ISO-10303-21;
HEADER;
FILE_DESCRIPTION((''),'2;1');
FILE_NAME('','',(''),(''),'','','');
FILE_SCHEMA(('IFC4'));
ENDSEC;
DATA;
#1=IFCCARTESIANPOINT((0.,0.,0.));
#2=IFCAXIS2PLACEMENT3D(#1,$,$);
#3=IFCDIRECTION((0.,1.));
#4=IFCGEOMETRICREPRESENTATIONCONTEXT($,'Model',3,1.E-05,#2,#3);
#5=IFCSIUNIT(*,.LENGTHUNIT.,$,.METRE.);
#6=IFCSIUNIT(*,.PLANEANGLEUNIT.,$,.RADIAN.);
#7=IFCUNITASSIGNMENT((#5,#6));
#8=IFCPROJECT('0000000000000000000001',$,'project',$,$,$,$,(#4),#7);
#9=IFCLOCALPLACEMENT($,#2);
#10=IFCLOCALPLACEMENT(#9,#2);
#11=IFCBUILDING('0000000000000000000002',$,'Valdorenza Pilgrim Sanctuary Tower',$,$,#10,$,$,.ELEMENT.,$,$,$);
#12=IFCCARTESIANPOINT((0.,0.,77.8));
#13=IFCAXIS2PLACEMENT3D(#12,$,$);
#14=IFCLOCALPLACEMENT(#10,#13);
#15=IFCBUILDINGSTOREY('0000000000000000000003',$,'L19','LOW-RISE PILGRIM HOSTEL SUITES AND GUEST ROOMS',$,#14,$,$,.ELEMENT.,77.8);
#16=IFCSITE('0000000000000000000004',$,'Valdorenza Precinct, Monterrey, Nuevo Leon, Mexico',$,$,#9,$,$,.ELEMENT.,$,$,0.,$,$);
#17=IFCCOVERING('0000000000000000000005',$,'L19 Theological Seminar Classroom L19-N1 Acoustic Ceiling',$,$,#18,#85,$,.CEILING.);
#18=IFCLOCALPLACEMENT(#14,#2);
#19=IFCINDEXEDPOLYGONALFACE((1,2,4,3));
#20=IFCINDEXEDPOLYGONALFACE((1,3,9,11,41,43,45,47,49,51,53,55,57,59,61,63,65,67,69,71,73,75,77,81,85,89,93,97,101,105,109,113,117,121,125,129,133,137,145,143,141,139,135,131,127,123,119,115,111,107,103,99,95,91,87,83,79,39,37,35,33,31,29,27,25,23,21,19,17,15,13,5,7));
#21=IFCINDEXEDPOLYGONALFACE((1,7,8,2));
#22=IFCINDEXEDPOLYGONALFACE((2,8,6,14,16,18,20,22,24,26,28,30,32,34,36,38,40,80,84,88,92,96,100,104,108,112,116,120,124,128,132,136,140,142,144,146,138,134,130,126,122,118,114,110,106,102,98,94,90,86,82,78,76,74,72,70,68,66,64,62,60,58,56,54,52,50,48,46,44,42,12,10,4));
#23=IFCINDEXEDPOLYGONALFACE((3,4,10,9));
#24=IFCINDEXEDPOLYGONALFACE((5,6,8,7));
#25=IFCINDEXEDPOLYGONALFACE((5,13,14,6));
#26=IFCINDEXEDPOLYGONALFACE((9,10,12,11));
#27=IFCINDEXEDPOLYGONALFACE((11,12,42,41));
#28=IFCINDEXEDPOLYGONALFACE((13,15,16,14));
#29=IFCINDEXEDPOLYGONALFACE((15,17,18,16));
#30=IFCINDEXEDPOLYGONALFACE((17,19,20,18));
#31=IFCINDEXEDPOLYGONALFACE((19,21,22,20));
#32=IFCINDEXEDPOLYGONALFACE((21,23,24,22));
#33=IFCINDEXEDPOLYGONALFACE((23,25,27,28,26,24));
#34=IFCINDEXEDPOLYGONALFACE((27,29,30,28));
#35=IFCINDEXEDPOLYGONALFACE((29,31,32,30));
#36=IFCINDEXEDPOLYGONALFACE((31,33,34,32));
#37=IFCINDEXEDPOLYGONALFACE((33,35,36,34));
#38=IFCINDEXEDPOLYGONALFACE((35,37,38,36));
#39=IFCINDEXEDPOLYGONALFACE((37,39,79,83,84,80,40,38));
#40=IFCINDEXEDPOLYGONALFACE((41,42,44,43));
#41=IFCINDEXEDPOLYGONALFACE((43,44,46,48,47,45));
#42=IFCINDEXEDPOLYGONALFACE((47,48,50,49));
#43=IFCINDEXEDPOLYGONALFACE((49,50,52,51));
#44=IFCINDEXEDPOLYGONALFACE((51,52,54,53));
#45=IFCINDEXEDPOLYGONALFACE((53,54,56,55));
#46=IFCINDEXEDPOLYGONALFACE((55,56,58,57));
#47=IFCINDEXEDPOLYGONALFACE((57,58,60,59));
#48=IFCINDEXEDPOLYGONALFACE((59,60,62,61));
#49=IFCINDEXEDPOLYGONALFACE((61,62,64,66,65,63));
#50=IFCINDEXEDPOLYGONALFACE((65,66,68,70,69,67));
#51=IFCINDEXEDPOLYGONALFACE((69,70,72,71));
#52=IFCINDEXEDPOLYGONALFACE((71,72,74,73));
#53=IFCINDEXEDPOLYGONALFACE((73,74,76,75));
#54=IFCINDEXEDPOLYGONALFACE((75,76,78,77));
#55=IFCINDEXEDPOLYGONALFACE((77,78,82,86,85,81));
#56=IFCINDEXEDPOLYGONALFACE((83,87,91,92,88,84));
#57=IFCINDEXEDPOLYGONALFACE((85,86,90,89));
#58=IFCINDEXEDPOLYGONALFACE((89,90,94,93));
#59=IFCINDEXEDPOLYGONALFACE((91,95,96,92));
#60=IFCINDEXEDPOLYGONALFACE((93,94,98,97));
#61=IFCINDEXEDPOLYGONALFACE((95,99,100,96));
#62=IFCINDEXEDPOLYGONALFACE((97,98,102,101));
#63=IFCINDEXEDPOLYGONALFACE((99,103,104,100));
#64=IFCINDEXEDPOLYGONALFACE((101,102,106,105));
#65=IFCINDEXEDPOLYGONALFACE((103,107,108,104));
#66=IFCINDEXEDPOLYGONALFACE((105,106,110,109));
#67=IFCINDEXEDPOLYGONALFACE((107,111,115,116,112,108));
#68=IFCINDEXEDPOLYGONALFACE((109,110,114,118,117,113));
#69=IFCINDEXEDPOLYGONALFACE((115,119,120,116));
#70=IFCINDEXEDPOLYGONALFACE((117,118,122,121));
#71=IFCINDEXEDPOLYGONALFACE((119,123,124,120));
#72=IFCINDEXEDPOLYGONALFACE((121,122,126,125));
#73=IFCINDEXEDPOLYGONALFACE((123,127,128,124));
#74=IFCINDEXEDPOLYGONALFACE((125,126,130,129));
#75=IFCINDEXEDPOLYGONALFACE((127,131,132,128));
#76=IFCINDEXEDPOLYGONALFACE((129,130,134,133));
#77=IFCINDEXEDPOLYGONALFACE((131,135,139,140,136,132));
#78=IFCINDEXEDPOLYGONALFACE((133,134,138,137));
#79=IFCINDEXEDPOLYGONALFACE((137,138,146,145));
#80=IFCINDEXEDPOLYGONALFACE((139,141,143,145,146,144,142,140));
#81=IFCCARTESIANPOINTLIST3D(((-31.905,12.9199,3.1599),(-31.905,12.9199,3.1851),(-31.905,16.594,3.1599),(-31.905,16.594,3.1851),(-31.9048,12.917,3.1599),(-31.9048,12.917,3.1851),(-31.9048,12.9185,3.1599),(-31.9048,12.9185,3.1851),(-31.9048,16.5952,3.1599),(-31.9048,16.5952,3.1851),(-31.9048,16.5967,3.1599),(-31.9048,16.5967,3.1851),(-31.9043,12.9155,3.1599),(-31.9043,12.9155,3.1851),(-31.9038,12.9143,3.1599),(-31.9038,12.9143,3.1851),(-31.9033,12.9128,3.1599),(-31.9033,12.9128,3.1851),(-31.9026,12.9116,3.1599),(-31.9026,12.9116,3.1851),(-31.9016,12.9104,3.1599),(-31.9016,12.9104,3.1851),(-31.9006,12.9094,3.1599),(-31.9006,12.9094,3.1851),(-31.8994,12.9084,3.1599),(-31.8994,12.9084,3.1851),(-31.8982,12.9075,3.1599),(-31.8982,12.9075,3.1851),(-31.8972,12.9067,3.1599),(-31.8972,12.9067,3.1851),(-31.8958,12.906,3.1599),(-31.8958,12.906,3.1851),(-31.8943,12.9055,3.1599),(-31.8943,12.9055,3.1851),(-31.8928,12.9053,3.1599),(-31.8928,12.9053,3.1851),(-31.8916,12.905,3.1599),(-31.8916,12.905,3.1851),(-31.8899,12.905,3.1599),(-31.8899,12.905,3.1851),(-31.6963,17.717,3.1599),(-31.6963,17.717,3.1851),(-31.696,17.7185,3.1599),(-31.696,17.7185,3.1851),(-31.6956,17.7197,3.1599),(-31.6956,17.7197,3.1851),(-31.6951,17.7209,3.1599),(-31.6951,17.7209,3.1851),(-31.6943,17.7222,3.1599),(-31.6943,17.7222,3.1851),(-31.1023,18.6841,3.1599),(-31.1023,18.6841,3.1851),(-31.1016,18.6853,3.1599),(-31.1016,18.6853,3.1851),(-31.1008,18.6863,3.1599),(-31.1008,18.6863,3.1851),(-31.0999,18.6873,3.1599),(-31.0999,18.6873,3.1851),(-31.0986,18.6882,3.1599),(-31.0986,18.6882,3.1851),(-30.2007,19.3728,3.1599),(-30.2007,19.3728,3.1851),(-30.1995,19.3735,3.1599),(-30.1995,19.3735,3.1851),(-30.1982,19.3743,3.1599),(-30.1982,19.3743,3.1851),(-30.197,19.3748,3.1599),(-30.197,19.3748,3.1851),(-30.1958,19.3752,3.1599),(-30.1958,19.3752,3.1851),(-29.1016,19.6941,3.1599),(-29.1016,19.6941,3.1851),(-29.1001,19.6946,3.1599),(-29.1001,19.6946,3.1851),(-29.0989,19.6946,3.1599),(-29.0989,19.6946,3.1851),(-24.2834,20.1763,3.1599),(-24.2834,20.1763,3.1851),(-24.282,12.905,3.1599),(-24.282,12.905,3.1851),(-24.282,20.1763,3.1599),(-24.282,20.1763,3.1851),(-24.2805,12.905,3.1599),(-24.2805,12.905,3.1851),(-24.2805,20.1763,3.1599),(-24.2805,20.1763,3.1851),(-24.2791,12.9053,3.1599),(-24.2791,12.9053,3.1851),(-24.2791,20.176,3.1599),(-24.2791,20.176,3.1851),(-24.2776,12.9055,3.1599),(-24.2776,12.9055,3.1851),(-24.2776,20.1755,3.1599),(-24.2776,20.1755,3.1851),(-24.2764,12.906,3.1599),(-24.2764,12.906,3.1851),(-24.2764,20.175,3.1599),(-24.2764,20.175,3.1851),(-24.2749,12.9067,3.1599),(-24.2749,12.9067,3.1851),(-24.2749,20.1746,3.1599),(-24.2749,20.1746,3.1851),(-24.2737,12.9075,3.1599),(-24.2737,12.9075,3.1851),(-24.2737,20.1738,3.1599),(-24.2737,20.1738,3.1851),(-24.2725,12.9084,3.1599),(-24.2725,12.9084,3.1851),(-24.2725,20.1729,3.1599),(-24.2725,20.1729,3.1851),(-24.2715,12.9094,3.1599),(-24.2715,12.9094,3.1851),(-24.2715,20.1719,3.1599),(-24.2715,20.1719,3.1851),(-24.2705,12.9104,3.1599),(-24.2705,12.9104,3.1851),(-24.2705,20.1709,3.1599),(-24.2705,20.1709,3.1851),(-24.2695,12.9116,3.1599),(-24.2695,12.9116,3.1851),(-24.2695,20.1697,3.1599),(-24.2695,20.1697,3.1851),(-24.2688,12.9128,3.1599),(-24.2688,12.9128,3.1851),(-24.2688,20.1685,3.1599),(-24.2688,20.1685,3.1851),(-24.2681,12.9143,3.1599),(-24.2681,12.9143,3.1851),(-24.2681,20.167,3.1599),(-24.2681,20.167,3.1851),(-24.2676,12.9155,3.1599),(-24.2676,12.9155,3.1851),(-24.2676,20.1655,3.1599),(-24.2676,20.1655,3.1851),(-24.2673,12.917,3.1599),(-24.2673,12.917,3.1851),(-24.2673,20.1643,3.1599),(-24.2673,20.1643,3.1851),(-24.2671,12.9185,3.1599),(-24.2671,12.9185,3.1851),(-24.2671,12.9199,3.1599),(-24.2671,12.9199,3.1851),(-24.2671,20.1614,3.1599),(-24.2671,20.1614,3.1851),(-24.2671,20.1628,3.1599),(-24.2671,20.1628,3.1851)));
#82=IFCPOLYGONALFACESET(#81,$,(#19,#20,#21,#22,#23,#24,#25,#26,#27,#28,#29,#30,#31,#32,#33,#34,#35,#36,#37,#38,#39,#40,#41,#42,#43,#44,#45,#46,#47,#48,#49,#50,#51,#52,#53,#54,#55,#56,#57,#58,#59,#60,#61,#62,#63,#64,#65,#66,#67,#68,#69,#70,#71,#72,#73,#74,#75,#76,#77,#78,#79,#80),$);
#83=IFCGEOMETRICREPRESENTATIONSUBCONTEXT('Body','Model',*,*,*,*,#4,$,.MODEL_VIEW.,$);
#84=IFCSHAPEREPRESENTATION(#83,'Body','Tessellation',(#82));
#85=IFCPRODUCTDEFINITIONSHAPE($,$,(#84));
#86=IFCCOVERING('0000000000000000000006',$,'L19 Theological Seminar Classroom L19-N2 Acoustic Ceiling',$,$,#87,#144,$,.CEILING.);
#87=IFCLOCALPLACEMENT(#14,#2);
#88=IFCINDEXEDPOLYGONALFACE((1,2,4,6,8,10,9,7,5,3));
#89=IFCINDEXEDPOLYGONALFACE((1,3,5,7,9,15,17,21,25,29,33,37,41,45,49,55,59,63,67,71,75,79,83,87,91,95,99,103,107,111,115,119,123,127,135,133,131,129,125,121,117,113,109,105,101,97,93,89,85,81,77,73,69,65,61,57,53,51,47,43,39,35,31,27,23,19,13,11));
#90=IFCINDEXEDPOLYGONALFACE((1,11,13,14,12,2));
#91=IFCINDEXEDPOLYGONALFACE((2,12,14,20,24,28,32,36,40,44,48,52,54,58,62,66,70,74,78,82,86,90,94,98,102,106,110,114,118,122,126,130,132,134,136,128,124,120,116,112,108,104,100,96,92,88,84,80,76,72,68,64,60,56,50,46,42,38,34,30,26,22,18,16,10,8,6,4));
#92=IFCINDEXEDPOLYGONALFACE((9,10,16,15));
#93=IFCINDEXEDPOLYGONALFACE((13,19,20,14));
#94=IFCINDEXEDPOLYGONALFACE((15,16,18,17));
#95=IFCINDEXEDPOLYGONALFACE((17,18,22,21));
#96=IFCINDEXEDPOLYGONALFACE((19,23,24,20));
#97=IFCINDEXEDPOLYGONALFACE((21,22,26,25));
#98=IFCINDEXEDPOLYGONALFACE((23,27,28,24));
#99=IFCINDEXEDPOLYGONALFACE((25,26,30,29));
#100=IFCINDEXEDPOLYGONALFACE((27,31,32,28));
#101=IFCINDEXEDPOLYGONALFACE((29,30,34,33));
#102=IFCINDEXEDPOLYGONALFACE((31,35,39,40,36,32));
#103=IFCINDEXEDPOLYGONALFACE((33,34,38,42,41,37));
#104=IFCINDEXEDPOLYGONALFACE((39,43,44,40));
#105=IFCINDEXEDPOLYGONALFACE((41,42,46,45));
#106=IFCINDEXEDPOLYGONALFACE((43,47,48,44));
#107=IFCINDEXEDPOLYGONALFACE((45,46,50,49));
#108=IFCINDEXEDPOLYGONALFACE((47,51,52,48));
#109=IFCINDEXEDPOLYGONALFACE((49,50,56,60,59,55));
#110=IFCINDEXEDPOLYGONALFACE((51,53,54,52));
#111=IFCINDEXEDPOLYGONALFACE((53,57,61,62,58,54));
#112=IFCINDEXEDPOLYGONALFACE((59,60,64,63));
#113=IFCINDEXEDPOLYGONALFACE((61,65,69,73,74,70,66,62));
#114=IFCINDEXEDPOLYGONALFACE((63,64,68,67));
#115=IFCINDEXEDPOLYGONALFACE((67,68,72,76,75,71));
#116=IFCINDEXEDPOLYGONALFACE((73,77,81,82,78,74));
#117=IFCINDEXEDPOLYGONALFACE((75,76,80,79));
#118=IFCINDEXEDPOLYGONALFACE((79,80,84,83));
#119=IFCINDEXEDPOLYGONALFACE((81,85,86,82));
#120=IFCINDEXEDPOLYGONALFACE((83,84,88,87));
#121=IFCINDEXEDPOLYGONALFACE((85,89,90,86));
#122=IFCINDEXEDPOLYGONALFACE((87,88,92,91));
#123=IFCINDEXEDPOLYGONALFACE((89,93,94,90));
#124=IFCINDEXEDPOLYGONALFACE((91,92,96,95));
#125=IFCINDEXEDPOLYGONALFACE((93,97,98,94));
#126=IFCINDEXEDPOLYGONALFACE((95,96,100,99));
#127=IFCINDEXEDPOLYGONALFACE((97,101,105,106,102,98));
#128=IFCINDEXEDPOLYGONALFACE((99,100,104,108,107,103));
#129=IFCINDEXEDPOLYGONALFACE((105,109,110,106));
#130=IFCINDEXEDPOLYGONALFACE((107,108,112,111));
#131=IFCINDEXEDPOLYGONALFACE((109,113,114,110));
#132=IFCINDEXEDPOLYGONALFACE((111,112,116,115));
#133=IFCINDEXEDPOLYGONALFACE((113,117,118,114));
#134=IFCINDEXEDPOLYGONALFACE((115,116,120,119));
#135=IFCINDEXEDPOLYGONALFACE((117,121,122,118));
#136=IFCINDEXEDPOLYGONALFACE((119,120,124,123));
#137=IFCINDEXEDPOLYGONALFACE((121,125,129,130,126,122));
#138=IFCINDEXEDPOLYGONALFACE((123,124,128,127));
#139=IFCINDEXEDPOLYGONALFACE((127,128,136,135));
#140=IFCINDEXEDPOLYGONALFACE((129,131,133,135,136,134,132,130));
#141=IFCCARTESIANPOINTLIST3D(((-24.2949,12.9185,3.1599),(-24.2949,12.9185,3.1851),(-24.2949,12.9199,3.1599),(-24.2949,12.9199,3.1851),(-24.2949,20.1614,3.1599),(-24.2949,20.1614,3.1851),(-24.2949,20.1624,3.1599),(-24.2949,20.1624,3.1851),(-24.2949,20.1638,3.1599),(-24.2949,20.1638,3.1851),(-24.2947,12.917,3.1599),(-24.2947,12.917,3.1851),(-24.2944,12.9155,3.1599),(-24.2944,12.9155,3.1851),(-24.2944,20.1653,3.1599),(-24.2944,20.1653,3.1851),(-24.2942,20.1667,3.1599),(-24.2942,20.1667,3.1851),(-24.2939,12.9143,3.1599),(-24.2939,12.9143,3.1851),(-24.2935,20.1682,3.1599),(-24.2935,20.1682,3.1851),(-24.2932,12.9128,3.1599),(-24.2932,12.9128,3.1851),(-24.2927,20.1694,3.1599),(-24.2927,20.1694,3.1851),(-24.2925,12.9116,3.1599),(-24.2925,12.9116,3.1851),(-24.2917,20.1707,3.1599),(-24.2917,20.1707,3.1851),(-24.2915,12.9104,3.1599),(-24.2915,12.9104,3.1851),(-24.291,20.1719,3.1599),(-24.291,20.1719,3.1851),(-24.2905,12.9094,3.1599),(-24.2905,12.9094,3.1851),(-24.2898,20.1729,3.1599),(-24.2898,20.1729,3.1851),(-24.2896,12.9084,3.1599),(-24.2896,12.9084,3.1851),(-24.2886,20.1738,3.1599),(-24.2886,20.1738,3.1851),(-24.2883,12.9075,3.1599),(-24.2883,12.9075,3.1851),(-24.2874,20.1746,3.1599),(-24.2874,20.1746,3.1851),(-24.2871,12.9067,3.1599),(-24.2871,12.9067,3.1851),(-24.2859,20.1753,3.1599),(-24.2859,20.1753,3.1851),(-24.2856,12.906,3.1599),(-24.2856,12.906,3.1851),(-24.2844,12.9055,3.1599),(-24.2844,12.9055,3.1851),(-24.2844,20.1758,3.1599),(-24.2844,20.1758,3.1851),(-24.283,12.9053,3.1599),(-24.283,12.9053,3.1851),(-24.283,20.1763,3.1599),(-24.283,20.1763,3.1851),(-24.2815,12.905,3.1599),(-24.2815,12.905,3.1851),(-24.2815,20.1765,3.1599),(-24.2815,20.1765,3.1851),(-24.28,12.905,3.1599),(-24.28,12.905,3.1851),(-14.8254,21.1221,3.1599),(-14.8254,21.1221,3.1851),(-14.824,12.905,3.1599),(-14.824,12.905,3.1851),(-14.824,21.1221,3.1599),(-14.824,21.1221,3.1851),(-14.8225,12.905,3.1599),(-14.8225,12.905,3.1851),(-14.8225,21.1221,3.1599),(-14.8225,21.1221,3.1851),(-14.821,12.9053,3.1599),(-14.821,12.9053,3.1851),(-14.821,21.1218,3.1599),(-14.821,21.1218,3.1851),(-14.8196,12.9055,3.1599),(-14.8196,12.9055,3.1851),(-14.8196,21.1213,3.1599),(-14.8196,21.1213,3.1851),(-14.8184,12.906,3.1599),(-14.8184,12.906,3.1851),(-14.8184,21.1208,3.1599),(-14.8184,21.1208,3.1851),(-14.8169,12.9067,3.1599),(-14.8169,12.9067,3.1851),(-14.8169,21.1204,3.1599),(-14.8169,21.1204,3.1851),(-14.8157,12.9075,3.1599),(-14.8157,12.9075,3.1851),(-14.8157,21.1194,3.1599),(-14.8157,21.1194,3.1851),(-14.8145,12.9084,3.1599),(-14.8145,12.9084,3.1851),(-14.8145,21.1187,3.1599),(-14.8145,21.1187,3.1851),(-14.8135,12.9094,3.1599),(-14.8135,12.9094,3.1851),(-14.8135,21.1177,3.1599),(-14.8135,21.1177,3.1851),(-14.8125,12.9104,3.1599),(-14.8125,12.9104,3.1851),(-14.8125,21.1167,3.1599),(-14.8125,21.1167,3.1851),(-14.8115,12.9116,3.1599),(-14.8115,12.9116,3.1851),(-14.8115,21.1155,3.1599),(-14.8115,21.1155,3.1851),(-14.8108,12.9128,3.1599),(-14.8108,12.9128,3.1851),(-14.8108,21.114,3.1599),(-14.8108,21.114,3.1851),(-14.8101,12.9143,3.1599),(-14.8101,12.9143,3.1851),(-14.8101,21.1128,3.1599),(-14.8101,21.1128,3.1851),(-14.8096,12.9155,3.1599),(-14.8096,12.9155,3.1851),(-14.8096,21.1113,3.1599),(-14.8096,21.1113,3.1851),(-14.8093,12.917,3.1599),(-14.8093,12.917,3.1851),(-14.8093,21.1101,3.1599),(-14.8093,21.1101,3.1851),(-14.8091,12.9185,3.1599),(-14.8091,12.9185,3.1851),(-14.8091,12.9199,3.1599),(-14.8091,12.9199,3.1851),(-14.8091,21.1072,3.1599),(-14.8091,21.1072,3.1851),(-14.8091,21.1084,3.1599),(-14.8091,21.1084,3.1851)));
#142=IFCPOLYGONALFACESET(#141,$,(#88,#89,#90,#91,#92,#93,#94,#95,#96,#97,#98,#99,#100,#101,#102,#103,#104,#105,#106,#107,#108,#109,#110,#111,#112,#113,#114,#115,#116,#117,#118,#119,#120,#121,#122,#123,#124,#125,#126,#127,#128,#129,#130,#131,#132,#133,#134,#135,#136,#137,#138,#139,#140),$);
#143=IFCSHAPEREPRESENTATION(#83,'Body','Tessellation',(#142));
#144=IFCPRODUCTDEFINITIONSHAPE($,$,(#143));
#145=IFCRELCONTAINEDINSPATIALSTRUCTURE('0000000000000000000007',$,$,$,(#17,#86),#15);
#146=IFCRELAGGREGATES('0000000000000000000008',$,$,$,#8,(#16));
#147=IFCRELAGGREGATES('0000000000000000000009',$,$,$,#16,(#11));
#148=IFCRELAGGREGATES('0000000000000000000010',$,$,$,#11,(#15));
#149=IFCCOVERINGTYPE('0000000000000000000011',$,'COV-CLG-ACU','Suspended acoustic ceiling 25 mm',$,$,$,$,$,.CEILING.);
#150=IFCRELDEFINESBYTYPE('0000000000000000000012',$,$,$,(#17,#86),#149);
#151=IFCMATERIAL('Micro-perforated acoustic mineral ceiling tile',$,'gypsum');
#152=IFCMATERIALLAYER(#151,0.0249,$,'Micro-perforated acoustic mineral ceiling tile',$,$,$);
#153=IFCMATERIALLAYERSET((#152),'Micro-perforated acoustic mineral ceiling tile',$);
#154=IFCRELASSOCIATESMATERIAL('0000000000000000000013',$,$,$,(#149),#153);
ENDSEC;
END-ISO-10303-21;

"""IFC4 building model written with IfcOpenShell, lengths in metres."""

from ifc_helpers import new_model, si_unit, direction, frame, origin, place, context, subcontext, project, spatial, polyline, outline, extrude, material, layer, layer_set, type_object, element, save


model = new_model("IFC4")

# Units and contexts
model_context = context("Model", 3, precision=1e-05, world=origin(), true_north=direction((0.0, 1.0)))
body_context = subcontext(model_context, "Body", "Model", "MODEL_VIEW")
ifc_project = project(units=[si_unit("LENGTHUNIT", "METRE"), si_unit("PLANEANGLEUNIT", "RADIAN")], contexts=[model_context])

# Site, building, storey
site_placement = place(None, origin())
site = spatial("IfcSite", under=ifc_project, at=site_placement, Name="Valdorenza Precinct, Monterrey, Nuevo Leon, Mexico", CompositionType="ELEMENT", RefElevation=0.0)
building_placement = place(site_placement, origin())
building = spatial("IfcBuilding", under=site, at=building_placement, Name="Valdorenza Pilgrim Sanctuary Tower", CompositionType="ELEMENT")
storey_placement = place(building_placement, frame((0.0, 0.0, 77.8)))
storey = spatial("IfcBuildingStorey", under=building, at=storey_placement, Name="L19", Description="LOW-RISE PILGRIM HOSTEL SUITES AND GUEST ROOMS", CompositionType="ELEMENT", Elevation=77.8)

# Coverings
ifc_material_1 = material(Name="Micro-perforated acoustic mineral ceiling tile", Category="gypsum")
ifc_layer_1 = layer(ifc_material_1, 0.0249, Name="Micro-perforated acoustic mineral ceiling tile")
ifc_layer_set_1 = layer_set([ifc_layer_1], Name="Micro-perforated acoustic mineral ceiling tile")
covering_type_1 = type_object("IfcCoveringType", Name="COV-CLG-ACU", Description="Suspended acoustic ceiling 25 mm", PredefinedType="CEILING", material=ifc_layer_set_1)
covering_1_placement = place(storey_placement, frame((0.0, 0.0, 3.1599)))
element("IfcCovering", 1, at=covering_1_placement, inside=storey, type_object=covering_type_1, Name="L19 Theological Seminar Classroom L19-N1 Acoustic Ceiling", PredefinedType="CEILING", context=body_context, shape_type="SweptSolid", body=[
    extrude(outline(polyline([(-31.8899, 12.905), (-31.8916, 12.905), (-31.8928, 12.9053), (-31.8943, 12.9055), (-31.8958, 12.906), (-31.8972, 12.9067), (-31.8982, 12.9075), (-31.8994, 12.9084), (-31.9006, 12.9094), (-31.9016, 12.9104), (-31.9026, 12.9116), (-31.9033, 12.9128), (-31.9038, 12.9143), (-31.9043, 12.9155), (-31.9048, 12.917), (-31.9048, 12.9185), (-31.905, 12.9199), (-31.905, 16.594), (-31.9048, 16.5952), (-31.9048, 16.5967), (-31.6963, 17.717), (-31.696, 17.7185), (-31.6956, 17.7197), (-31.6951, 17.7209), (-31.6943, 17.7222), (-31.1023, 18.6841), (-31.1016, 18.6853), (-31.1008, 18.6863), (-31.0999, 18.6873), (-31.0986, 18.6882), (-30.2007, 19.3728), (-30.1995, 19.3735), (-30.1982, 19.3743), (-30.197, 19.3748), (-30.1958, 19.3752), (-29.1016, 19.6941), (-29.1001, 19.6946), (-29.0989, 19.6946), (-24.2834, 20.1763), (-24.282, 20.1763), (-24.2805, 20.1763), (-24.2791, 20.176), (-24.2776, 20.1755), (-24.2764, 20.175), (-24.2749, 20.1746), (-24.2737, 20.1738), (-24.2725, 20.1729), (-24.2715, 20.1719), (-24.2705, 20.1709), (-24.2695, 20.1697), (-24.2688, 20.1685), (-24.2681, 20.167), (-24.2676, 20.1655), (-24.2673, 20.1643), (-24.2671, 20.1628), (-24.2671, 20.1614), (-24.2671, 12.9199), (-24.2671, 12.9185), (-24.2673, 12.917), (-24.2676, 12.9155), (-24.2681, 12.9143), (-24.2688, 12.9128), (-24.2695, 12.9116), (-24.2705, 12.9104), (-24.2715, 12.9094), (-24.2725, 12.9084), (-24.2737, 12.9075), (-24.2749, 12.9067), (-24.2764, 12.906), (-24.2776, 12.9055), (-24.2791, 12.9053), (-24.2805, 12.905), (-24.282, 12.905), (-31.8899, 12.905)])), origin(), (0.0, 0.0, 1.0), 0.0251),
])
covering_2_placement = place(storey_placement, frame((0.0, 0.0, 3.1599)))
element("IfcCovering", 2, at=covering_2_placement, inside=storey, type_object=covering_type_1, Name="L19 Theological Seminar Classroom L19-N2 Acoustic Ceiling", PredefinedType="CEILING", context=body_context, shape_type="SweptSolid", body=[
    extrude(outline(polyline([(-24.2949, 20.1614), (-24.2949, 20.1624), (-24.2949, 20.1638), (-24.2944, 20.1653), (-24.2942, 20.1667), (-24.2935, 20.1682), (-24.2927, 20.1694), (-24.2917, 20.1707), (-24.291, 20.1719), (-24.2898, 20.1729), (-24.2886, 20.1738), (-24.2874, 20.1746), (-24.2859, 20.1753), (-24.2844, 20.1758), (-24.283, 20.1763), (-24.2815, 20.1765), (-14.8254, 21.1221), (-14.824, 21.1221), (-14.8225, 21.1221), (-14.821, 21.1218), (-14.8196, 21.1213), (-14.8184, 21.1208), (-14.8169, 21.1204), (-14.8157, 21.1194), (-14.8145, 21.1187), (-14.8135, 21.1177), (-14.8125, 21.1167), (-14.8115, 21.1155), (-14.8108, 21.114), (-14.8101, 21.1128), (-14.8096, 21.1113), (-14.8093, 21.1101), (-14.8091, 21.1084), (-14.8091, 21.1072), (-14.8091, 12.9199), (-14.8091, 12.9185), (-14.8093, 12.917), (-14.8096, 12.9155), (-14.8101, 12.9143), (-14.8108, 12.9128), (-14.8115, 12.9116), (-14.8125, 12.9104), (-14.8135, 12.9094), (-14.8145, 12.9084), (-14.8157, 12.9075), (-14.8169, 12.9067), (-14.8184, 12.906), (-14.8196, 12.9055), (-14.821, 12.9053), (-14.8225, 12.905), (-14.824, 12.905), (-24.28, 12.905), (-24.2815, 12.905), (-24.283, 12.9053), (-24.2844, 12.9055), (-24.2856, 12.906), (-24.2871, 12.9067), (-24.2883, 12.9075), (-24.2896, 12.9084), (-24.2905, 12.9094), (-24.2915, 12.9104), (-24.2925, 12.9116), (-24.2932, 12.9128), (-24.2939, 12.9143), (-24.2944, 12.9155), (-24.2947, 12.917), (-24.2949, 12.9185), (-24.2949, 12.9199), (-24.2949, 20.1614), (-24.2949, 20.1614)])), origin(), (0.0, 0.0, 1.0), 0.0251),
])

save(model, "model.ifc")
